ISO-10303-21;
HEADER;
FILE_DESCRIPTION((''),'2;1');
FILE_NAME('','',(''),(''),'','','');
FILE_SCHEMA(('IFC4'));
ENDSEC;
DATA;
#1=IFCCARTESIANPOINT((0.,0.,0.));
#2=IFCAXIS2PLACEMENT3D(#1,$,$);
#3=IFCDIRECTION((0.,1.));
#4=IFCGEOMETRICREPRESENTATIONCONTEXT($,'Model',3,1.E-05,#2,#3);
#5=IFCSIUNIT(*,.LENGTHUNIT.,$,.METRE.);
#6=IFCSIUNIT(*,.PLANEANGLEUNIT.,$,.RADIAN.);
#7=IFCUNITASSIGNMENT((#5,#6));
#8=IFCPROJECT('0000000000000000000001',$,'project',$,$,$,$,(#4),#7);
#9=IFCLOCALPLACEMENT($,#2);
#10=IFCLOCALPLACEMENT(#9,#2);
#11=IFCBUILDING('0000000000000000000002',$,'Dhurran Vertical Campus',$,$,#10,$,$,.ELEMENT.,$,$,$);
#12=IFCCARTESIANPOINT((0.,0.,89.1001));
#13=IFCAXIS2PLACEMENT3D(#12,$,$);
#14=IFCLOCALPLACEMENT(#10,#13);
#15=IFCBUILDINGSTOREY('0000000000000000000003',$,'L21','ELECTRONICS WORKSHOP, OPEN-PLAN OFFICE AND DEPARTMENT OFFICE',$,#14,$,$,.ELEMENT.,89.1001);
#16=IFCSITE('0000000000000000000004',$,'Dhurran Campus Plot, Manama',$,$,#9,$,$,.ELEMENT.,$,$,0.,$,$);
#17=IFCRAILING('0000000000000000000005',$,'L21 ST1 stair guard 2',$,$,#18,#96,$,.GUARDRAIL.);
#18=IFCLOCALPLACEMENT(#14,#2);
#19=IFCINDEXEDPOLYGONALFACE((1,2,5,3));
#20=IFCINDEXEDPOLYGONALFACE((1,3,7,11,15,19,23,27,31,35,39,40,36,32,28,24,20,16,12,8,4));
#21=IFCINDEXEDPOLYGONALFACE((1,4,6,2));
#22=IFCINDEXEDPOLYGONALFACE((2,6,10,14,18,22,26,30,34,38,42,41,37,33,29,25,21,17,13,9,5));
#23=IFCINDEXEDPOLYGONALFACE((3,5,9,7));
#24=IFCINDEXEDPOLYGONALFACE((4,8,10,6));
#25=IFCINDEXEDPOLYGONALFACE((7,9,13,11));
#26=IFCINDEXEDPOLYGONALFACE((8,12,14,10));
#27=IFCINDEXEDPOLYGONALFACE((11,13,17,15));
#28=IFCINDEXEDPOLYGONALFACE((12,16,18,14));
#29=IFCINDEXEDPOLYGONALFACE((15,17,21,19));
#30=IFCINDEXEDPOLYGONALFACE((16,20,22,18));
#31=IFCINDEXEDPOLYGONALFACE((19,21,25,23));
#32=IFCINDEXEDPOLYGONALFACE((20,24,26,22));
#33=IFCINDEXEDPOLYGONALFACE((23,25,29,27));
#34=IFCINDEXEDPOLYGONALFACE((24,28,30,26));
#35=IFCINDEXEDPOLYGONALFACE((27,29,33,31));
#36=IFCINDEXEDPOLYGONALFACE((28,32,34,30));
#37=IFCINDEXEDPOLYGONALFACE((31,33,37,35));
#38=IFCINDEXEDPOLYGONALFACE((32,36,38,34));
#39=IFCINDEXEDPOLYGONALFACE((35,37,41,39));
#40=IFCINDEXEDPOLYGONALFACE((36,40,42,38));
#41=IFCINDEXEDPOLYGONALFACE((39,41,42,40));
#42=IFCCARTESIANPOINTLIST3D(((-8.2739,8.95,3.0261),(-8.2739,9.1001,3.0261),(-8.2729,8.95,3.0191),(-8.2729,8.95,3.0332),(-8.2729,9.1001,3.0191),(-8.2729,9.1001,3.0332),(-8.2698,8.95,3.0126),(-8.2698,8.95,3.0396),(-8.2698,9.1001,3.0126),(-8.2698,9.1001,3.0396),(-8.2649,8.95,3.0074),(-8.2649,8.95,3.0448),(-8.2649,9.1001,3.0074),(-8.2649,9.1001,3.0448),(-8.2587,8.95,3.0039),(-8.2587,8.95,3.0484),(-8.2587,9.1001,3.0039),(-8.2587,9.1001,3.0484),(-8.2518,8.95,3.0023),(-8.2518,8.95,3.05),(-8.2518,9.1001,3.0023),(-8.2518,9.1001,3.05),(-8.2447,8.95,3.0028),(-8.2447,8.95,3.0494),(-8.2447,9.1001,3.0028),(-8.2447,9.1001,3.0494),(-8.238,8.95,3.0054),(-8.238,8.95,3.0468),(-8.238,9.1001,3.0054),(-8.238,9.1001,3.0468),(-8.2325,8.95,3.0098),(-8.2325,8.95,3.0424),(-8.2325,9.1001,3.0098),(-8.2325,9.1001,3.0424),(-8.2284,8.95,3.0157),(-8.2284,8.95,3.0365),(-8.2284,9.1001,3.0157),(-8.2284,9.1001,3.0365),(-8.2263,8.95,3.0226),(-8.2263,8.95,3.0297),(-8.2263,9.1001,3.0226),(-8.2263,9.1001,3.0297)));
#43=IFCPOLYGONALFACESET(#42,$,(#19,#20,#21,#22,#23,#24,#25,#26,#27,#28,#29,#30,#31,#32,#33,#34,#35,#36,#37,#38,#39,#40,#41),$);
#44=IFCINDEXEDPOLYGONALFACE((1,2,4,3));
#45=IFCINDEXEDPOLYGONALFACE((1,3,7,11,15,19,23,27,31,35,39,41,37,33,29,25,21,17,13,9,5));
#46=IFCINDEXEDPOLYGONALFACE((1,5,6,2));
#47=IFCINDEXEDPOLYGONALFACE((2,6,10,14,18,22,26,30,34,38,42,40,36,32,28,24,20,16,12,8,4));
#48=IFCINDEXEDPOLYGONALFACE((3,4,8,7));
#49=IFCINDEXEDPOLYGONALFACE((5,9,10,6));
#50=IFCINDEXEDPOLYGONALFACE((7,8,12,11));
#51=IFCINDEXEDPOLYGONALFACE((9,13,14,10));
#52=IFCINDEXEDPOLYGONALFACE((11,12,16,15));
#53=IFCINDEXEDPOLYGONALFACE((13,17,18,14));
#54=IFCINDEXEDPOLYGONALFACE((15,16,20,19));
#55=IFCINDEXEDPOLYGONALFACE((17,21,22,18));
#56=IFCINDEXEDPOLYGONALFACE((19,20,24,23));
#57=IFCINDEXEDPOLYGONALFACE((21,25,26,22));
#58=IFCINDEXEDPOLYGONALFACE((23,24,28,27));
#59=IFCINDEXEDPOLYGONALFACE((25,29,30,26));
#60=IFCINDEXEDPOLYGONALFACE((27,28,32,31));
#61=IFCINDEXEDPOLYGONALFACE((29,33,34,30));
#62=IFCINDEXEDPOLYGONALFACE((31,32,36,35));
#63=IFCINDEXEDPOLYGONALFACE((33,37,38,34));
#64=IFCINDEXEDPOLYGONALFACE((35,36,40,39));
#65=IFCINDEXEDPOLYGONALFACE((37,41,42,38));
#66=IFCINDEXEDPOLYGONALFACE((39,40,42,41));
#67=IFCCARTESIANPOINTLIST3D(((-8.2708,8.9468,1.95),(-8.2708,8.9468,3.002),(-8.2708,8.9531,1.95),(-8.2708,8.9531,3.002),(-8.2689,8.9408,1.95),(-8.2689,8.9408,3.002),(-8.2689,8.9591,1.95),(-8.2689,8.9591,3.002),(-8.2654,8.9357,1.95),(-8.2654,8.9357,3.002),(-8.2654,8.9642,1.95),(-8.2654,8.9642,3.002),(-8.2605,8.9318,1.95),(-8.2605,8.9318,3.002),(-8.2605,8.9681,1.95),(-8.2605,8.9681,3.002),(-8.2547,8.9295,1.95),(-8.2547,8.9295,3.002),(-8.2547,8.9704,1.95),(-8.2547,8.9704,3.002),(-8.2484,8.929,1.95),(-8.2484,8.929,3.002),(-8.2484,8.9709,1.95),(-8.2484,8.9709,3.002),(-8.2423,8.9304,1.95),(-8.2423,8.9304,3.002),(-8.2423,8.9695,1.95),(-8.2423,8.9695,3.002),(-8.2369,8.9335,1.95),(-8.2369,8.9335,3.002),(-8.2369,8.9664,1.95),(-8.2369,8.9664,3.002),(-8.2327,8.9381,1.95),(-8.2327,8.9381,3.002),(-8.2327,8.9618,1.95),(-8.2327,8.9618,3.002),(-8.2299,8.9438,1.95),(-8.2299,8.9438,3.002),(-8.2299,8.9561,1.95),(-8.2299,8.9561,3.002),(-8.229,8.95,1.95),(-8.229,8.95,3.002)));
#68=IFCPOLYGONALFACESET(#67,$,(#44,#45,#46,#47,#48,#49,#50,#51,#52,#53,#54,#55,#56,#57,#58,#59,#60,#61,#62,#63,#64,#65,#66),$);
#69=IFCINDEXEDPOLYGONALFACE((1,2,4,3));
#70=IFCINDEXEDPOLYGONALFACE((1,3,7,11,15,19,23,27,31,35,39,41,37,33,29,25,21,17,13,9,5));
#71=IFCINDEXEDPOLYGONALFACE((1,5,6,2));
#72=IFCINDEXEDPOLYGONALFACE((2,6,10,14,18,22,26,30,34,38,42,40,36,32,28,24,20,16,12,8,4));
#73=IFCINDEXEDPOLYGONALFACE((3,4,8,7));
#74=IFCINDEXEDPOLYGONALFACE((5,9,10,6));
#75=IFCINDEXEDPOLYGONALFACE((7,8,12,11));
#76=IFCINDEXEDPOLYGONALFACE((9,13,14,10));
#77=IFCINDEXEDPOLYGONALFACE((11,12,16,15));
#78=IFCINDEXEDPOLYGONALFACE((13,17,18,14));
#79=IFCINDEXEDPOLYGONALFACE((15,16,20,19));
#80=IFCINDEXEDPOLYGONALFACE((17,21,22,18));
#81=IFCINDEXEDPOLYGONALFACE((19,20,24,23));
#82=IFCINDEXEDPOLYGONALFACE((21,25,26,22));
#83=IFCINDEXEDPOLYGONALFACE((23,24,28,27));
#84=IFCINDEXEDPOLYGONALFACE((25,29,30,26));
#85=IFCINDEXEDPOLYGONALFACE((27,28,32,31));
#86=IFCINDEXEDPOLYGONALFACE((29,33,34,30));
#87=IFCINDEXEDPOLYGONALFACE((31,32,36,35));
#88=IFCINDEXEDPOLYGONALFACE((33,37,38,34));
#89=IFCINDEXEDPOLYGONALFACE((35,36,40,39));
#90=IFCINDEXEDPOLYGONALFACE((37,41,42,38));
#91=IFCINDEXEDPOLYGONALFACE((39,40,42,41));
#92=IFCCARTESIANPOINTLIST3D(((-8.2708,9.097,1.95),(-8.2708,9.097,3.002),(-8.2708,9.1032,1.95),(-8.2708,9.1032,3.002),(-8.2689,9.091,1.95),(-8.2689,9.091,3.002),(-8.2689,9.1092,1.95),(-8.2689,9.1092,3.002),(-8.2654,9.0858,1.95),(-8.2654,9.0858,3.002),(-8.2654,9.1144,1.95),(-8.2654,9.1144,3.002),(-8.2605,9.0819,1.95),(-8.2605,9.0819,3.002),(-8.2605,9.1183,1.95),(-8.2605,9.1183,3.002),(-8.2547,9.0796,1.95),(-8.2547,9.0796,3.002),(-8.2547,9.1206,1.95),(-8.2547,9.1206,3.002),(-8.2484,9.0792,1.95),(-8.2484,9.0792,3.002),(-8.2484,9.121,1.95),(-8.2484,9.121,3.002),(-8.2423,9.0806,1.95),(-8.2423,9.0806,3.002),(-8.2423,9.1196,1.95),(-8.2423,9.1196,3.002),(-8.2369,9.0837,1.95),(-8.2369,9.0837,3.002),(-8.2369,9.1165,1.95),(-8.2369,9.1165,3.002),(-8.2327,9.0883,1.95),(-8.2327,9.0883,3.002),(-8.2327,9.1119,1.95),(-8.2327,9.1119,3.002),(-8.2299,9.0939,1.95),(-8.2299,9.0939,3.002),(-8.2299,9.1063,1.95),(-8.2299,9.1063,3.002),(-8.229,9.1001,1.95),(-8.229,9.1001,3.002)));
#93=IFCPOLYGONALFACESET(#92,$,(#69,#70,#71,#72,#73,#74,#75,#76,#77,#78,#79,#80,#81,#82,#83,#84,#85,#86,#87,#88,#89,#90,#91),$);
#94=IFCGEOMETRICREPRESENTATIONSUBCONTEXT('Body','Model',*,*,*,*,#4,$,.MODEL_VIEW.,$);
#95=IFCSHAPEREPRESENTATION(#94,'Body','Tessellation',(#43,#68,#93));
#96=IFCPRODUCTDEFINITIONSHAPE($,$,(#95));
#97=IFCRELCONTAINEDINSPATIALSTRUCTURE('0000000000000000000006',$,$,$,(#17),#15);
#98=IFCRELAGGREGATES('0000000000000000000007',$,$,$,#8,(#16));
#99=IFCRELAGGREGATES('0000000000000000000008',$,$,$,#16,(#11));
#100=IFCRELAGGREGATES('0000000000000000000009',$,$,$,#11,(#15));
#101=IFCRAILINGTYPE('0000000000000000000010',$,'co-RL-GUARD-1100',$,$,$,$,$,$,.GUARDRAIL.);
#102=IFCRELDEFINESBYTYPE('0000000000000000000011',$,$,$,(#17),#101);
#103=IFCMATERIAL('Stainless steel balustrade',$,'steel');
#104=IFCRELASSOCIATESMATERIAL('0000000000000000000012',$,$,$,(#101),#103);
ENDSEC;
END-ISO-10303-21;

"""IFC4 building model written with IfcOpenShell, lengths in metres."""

from ifc_helpers import new_model, si_unit, direction, frame, origin, origin_2d, place, context, subcontext, project, spatial, circle, extrude, material, type_object, element, save


model = new_model("IFC4")

# Units and contexts
model_context = context("Model", 3, precision=1e-05, world=origin(), true_north=direction((0.0, 1.0)))
body_context = subcontext(model_context, "Body", "Model", "MODEL_VIEW")
ifc_project = project(units=[si_unit("LENGTHUNIT", "METRE"), si_unit("PLANEANGLEUNIT", "RADIAN")], contexts=[model_context])

# Site, building, storey
site_placement = place(None, origin())
site = spatial("IfcSite", under=ifc_project, at=site_placement, Name="Dhurran Campus Plot, Manama", CompositionType="ELEMENT", RefElevation=0.0)
building_placement = place(site_placement, origin())
building = spatial("IfcBuilding", under=site, at=building_placement, Name="Dhurran Vertical Campus", CompositionType="ELEMENT")
storey_placement = place(building_placement, frame((0.0, 0.0, 89.1001)))
storey = spatial("IfcBuildingStorey", under=building, at=storey_placement, Name="L21", Description="ELECTRONICS WORKSHOP, OPEN-PLAN OFFICE AND DEPARTMENT OFFICE", CompositionType="ELEMENT", Elevation=89.1001)

# Railing
ifc_material_1 = material(Name="Stainless steel balustrade", Category="steel")
railing_type_1 = type_object("IfcRailingType", Name="co-RL-GUARD-1100", PredefinedType="GUARDRAIL", material=ifc_material_1)
railing_1_placement = place(storey_placement, frame((-8.25, 8.95, 1.95)))
element("IfcRailing", 1, at=railing_1_placement, inside=storey, type_object=railing_type_1, Name="L21 ST1 stair guard 2", PredefinedType="GUARDRAIL", context=body_context, shape_type="SweptSolid", body=[
    extrude(circle(Radius=0.0239, at=origin_2d()), frame((0.0, 0.0, 1.0762), z_axis=(0.0, 1.0, 0.0), x_axis=(-1.0, 0.0, 0.0)), (0.0, 0.0, 1.0), 0.1501),
    extrude(circle(Radius=0.021, at=origin_2d()), origin(), (0.0, 0.0, 1.0), 1.052),
    extrude(circle(Radius=0.021, at=origin_2d()), frame((0.0, 0.1501, 0.0)), (0.0, 0.0, 1.0), 1.052),
])

save(model, "model.ifc")
